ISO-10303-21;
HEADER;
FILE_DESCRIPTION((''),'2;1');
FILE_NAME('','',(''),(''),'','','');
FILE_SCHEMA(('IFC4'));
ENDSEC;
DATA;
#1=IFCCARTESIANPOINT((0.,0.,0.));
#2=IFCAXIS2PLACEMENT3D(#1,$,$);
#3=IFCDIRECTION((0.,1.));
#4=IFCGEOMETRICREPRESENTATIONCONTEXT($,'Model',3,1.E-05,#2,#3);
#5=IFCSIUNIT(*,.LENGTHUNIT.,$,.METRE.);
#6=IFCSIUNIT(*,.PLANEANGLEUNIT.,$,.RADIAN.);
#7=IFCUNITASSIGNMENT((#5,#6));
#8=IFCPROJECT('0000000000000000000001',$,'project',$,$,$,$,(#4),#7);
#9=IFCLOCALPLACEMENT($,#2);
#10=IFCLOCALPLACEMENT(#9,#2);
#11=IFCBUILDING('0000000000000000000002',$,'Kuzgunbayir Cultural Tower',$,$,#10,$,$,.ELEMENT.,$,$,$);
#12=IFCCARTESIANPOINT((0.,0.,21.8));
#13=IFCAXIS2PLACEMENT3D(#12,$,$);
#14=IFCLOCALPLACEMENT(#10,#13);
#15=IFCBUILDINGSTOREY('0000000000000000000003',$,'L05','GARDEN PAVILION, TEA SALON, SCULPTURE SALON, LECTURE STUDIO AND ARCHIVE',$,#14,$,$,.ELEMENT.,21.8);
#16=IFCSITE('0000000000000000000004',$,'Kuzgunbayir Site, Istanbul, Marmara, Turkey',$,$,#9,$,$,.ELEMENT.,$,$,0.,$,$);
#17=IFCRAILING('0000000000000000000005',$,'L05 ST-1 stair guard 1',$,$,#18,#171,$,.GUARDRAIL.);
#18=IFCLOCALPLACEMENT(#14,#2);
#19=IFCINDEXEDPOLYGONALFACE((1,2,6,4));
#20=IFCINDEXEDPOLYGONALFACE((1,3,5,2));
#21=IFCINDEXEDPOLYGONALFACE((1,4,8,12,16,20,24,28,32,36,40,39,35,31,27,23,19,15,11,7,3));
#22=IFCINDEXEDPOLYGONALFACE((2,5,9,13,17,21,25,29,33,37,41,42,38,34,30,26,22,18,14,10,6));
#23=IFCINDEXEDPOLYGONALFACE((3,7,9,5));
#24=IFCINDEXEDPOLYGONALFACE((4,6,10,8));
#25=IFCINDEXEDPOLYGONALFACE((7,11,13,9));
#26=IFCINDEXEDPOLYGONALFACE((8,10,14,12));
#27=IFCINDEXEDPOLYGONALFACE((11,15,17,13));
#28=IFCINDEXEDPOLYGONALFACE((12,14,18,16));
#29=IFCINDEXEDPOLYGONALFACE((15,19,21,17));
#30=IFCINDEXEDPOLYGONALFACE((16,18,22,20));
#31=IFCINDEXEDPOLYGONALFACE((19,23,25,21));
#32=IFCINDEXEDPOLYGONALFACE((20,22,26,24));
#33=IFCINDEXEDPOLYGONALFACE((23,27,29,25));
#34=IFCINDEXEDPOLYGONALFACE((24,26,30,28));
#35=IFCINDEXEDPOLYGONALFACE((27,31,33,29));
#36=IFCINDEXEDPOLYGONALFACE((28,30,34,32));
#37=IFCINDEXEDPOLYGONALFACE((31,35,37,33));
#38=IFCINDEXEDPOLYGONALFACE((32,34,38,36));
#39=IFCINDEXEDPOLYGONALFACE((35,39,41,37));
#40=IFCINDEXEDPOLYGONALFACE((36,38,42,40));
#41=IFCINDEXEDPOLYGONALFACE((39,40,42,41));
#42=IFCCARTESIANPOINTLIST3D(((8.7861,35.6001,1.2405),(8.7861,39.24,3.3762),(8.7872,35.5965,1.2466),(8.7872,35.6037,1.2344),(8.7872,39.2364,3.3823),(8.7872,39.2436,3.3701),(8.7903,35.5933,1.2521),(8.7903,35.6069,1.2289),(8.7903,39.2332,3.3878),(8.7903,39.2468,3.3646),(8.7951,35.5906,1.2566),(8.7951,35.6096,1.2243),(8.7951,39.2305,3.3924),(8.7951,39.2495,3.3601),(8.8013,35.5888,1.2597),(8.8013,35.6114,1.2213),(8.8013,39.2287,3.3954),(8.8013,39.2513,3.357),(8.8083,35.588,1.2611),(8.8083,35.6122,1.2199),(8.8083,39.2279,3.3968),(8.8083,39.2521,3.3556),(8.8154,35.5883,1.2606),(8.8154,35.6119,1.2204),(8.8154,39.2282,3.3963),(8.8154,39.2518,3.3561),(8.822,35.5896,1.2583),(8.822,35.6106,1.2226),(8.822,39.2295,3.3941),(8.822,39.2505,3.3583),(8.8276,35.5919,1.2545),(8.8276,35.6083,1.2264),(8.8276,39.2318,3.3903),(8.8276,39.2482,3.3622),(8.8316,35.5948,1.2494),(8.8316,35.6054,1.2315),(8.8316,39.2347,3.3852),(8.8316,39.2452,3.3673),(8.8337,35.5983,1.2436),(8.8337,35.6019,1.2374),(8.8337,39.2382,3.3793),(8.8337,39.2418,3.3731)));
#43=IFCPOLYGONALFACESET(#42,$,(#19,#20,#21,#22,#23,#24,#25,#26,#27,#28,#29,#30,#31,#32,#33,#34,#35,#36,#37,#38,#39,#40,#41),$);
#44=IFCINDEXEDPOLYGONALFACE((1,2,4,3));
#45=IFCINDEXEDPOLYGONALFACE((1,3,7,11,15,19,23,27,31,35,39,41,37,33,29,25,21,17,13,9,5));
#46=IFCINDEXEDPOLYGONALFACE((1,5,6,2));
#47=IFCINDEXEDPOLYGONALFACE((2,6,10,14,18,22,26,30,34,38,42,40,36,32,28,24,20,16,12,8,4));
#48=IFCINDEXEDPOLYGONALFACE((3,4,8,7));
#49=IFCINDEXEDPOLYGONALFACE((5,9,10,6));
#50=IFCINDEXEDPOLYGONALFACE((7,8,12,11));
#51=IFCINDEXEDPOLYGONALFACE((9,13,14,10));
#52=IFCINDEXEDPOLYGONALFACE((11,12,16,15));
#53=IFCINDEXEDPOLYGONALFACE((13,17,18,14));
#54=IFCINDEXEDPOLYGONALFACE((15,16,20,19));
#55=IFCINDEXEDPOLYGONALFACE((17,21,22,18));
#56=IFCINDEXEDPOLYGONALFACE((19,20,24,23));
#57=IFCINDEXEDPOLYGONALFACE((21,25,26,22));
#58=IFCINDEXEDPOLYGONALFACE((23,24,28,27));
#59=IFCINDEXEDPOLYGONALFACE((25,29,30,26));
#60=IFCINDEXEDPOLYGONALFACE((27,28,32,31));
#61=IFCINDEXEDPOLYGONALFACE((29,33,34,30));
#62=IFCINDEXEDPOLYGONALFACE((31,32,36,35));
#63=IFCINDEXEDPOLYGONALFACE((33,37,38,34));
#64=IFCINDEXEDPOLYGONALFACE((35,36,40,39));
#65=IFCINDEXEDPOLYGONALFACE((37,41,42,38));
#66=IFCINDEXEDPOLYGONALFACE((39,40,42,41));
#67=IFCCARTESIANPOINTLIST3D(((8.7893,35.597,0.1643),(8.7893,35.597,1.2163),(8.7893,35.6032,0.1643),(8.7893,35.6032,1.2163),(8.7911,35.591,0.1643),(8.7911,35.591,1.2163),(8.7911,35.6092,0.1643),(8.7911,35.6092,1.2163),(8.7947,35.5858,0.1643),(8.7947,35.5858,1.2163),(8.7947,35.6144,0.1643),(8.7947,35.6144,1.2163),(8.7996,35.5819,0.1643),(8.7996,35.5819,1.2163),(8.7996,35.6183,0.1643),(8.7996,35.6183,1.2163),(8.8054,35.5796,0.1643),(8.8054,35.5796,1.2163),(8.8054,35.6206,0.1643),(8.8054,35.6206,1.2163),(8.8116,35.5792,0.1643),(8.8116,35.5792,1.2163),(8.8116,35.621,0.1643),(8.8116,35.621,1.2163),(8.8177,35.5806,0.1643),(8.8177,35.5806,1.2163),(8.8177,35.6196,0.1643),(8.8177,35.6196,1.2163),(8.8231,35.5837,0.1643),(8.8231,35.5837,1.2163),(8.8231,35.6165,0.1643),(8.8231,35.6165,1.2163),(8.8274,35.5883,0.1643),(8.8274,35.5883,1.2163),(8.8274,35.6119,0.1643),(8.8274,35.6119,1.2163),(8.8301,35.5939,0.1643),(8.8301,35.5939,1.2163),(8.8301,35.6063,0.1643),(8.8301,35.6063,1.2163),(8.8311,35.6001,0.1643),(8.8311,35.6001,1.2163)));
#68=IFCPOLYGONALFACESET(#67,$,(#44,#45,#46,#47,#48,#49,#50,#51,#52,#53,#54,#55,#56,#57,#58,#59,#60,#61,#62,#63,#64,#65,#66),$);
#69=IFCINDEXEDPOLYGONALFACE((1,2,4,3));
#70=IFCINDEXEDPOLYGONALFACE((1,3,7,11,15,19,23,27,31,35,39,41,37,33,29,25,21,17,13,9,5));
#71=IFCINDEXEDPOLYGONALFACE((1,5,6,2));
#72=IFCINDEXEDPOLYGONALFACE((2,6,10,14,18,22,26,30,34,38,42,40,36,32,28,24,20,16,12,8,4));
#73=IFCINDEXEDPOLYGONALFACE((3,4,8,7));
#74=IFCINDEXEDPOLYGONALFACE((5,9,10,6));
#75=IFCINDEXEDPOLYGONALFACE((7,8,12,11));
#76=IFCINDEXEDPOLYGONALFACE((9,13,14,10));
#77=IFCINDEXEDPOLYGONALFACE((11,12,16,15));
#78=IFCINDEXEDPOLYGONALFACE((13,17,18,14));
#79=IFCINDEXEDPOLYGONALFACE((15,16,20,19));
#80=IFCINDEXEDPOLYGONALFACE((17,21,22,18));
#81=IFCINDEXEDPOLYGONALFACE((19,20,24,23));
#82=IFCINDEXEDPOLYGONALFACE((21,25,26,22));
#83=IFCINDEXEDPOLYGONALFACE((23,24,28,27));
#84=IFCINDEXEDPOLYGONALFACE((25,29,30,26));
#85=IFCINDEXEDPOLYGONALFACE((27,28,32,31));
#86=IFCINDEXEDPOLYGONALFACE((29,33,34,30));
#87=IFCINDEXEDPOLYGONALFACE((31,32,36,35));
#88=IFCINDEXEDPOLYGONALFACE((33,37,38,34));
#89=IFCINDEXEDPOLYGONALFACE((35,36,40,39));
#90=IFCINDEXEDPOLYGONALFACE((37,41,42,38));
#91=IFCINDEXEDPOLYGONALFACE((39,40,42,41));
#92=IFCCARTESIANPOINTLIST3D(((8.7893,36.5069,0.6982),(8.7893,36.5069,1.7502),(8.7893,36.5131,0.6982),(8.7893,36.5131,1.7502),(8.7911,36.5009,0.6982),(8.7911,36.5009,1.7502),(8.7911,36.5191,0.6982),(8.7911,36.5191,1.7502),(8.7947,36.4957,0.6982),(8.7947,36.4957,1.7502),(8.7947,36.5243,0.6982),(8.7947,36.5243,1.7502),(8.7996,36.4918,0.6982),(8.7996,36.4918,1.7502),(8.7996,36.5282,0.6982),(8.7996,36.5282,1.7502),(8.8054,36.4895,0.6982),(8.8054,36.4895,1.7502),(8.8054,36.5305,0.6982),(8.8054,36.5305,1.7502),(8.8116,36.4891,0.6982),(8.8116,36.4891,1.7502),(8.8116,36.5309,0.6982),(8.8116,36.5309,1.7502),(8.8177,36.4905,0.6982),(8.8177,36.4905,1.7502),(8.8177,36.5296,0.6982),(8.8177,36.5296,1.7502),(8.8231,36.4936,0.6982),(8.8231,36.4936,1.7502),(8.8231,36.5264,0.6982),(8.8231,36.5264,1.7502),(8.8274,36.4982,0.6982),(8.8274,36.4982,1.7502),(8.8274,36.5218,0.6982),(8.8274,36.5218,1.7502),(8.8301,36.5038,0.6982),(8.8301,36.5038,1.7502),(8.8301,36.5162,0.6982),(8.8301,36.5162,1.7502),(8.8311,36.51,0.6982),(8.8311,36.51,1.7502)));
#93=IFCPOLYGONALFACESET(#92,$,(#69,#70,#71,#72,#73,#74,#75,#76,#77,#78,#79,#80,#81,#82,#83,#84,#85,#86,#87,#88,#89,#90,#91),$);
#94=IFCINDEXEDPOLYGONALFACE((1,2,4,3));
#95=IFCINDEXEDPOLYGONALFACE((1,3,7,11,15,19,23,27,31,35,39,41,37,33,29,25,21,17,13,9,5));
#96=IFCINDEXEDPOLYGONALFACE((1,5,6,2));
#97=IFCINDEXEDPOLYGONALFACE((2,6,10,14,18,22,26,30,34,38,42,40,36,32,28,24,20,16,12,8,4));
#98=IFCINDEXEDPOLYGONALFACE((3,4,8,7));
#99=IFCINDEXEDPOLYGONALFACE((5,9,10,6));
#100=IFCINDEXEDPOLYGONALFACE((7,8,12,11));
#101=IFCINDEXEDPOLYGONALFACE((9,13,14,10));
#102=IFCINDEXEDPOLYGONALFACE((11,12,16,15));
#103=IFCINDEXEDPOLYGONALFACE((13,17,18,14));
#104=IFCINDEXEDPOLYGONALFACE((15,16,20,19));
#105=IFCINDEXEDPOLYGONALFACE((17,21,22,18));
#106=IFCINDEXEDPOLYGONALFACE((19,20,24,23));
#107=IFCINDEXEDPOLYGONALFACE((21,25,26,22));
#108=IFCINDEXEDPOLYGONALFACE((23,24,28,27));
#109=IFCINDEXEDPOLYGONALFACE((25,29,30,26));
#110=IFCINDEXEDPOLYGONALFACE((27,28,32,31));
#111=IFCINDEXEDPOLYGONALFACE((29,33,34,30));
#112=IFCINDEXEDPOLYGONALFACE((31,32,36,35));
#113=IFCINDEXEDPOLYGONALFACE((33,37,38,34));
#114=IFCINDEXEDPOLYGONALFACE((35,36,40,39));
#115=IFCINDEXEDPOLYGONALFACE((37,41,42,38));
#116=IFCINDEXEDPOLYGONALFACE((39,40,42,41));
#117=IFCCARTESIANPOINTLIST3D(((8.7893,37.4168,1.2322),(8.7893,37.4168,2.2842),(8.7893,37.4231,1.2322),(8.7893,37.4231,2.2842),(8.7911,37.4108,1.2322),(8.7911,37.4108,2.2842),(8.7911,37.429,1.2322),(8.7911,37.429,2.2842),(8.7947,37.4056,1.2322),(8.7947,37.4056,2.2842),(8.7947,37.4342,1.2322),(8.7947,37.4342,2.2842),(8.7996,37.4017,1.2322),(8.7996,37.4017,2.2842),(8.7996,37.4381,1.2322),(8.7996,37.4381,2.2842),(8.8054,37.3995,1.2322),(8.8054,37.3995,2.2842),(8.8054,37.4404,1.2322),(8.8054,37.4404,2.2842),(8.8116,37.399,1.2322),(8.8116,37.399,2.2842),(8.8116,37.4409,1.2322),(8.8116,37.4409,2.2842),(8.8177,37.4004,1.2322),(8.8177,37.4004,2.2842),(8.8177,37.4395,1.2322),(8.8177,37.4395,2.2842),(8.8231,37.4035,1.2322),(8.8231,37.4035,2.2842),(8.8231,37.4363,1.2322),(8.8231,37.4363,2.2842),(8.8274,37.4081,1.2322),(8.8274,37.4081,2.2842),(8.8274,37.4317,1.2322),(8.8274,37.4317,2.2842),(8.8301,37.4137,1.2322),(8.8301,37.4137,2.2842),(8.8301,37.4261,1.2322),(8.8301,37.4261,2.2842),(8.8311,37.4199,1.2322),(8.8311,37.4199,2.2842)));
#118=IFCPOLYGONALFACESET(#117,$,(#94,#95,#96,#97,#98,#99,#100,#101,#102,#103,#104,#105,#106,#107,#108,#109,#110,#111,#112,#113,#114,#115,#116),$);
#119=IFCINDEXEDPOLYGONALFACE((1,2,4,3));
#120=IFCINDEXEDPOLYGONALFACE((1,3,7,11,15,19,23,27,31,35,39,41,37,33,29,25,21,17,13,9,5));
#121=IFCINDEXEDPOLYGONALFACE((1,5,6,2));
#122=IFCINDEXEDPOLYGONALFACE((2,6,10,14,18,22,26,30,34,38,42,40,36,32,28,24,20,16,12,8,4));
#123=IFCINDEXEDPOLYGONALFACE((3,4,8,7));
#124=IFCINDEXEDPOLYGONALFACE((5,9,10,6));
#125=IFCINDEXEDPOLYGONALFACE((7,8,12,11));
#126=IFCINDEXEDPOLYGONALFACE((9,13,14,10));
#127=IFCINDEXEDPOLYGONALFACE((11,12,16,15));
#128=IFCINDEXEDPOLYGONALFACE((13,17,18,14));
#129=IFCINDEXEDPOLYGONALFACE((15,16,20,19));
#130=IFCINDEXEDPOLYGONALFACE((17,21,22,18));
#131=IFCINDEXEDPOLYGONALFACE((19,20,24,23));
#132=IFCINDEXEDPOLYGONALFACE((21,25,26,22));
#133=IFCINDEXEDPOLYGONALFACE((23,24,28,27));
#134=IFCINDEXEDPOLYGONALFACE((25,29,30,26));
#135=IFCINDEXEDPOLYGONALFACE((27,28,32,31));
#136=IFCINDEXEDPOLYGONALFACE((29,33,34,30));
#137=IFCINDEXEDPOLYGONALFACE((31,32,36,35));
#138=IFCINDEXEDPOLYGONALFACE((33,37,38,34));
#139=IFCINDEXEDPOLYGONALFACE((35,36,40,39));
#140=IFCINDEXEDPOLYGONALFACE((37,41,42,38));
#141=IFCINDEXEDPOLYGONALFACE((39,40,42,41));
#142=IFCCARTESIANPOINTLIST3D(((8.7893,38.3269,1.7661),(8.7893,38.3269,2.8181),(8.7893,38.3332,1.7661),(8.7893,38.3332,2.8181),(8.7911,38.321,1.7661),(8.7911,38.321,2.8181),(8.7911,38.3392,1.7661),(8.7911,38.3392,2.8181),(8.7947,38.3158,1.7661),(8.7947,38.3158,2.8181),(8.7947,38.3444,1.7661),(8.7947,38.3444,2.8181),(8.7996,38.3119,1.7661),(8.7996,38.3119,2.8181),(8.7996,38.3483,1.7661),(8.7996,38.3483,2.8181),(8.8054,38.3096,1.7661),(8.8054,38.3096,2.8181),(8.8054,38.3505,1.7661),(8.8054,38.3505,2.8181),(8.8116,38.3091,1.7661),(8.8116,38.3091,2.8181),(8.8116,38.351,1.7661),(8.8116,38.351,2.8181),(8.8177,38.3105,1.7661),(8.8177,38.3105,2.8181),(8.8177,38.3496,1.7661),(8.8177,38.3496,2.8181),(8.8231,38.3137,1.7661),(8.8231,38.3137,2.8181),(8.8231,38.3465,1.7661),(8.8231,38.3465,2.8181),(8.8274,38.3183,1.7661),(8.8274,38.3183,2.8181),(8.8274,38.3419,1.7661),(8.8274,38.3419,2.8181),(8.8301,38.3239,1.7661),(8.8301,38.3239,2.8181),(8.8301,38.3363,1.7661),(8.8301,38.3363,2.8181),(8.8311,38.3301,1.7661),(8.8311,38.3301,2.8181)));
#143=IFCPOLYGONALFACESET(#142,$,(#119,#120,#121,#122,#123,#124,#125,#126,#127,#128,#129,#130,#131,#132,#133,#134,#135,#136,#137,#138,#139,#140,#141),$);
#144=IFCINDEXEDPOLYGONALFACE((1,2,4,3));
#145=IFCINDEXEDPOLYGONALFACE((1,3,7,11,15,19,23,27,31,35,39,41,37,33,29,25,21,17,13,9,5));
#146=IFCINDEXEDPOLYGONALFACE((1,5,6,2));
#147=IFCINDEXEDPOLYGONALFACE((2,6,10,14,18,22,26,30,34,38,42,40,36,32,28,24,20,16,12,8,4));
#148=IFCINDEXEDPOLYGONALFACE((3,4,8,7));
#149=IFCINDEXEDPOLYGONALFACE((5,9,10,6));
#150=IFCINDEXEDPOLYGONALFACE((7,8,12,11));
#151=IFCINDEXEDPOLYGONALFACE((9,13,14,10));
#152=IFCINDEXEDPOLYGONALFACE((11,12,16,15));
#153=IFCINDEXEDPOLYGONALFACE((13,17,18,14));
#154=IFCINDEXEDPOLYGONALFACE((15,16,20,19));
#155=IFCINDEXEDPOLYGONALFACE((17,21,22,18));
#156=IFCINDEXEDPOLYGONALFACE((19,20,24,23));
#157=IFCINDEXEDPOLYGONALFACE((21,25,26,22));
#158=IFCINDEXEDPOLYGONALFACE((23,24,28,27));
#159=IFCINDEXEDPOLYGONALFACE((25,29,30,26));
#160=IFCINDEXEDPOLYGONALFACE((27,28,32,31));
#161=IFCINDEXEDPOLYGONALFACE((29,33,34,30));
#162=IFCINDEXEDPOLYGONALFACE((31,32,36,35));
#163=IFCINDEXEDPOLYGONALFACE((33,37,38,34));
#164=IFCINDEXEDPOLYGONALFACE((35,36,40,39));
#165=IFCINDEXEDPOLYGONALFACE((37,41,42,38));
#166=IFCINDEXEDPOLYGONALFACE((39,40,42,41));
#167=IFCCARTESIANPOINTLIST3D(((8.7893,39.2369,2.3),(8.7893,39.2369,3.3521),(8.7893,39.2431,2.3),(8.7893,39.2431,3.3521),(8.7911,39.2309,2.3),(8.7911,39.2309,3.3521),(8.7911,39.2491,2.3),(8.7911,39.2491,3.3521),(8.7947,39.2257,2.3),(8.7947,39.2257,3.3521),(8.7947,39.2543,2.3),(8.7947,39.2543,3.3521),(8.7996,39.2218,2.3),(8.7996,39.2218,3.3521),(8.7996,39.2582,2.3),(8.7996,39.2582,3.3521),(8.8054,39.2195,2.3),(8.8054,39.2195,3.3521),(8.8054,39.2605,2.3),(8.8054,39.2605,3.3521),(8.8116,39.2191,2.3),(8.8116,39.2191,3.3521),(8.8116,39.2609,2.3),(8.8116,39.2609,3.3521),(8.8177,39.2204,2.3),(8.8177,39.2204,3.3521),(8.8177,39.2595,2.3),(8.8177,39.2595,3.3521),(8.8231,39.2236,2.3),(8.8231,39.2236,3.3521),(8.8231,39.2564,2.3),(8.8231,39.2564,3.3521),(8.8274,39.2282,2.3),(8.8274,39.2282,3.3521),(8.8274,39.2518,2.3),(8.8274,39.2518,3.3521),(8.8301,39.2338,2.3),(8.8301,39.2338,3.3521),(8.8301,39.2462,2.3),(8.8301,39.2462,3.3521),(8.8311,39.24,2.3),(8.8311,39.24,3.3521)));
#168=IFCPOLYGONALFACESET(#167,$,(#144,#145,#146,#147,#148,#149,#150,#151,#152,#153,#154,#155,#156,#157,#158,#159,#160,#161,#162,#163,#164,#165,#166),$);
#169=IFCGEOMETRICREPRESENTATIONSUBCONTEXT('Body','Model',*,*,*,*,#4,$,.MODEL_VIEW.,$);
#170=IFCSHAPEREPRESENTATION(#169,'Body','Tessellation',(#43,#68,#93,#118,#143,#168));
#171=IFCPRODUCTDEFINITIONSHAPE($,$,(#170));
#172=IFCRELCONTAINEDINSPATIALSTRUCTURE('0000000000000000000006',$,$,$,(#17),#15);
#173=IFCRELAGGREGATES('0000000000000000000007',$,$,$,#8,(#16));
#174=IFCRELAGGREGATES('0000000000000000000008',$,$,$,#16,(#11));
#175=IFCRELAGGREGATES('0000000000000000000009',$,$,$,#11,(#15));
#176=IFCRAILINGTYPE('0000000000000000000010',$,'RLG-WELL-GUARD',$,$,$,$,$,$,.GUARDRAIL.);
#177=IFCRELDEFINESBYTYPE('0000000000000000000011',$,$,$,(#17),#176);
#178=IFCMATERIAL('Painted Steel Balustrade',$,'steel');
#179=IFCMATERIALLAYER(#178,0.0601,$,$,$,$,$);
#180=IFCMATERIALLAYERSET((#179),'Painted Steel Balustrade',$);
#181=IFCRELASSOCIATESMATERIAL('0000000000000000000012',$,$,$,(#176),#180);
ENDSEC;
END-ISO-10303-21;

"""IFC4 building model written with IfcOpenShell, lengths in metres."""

from ifc_helpers import new_model, si_unit, direction, frame, origin, origin_2d, place, context, subcontext, project, spatial, circle, extrude, material, layer, layer_set, type_object, element, save


model = new_model("IFC4")

# Units and contexts
model_context = context("Model", 3, precision=1e-05, world=origin(), true_north=direction((0.0, 1.0)))
body_context = subcontext(model_context, "Body", "Model", "MODEL_VIEW")
ifc_project = project(units=[si_unit("LENGTHUNIT", "METRE"), si_unit("PLANEANGLEUNIT", "RADIAN")], contexts=[model_context])

# Site, building, storey
site_placement = place(None, origin())
site = spatial("IfcSite", under=ifc_project, at=site_placement, Name="Kuzgunbayir Site, Istanbul, Marmara, Turkey", CompositionType="ELEMENT", RefElevation=0.0)
building_placement = place(site_placement, origin())
building = spatial("IfcBuilding", under=site, at=building_placement, Name="Kuzgunbayir Cultural Tower", CompositionType="ELEMENT")
storey_placement = place(building_placement, frame((0.0, 0.0, 21.8)))
storey = spatial("IfcBuildingStorey", under=building, at=storey_placement, Name="L05", Description="GARDEN PAVILION, TEA SALON, SCULPTURE SALON, LECTURE STUDIO AND ARCHIVE", CompositionType="ELEMENT", Elevation=21.8)

# Railing
ifc_material_1 = material(Name="Painted Steel Balustrade", Category="steel")
ifc_layer_1 = layer(ifc_material_1, 0.0601)
ifc_layer_set_1 = layer_set([ifc_layer_1], Name="Painted Steel Balustrade")
railing_type_1 = type_object("IfcRailingType", Name="RLG-WELL-GUARD", PredefinedType="GUARDRAIL", material=ifc_layer_set_1)
railing_1_placement = place(storey_placement, frame((8.8101, 35.6001, 0.1643)))
element("IfcRailing", 1, at=railing_1_placement, inside=storey, type_object=railing_type_1, Name="L05 ST-1 stair guard 1", PredefinedType="GUARDRAIL", context=body_context, shape_type="SweptSolid", body=[
    extrude(circle(Radius=0.0239, at=origin_2d()), frame((0.0, 0.0, 1.0762), z_axis=(0.0, 0.86249, 0.506074), x_axis=(-1.0, 0.0, 0.0)), (0.0, 0.0, 1.0), 4.2202),
    extrude(circle(Radius=0.021, at=origin_2d()), origin(), (0.0, 0.0, 1.0), 1.052),
    extrude(circle(Radius=0.021, at=origin_2d()), frame((0.0, 0.9099, 0.5339)), (0.0, 0.0, 1.0), 1.052),
    extrude(circle(Radius=0.021, at=origin_2d()), frame((0.0, 1.8198, 1.0679)), (0.0, 0.0, 1.0), 1.052),
    extrude(circle(Radius=0.021, at=origin_2d()), frame((0.0, 2.73, 1.6018)), (0.0, 0.0, 1.0), 1.052),
    extrude(circle(Radius=0.021, at=origin_2d()), frame((0.0, 3.6399, 2.1357)), (0.0, 0.0, 1.0), 1.052),
])

save(model, "model.ifc")
